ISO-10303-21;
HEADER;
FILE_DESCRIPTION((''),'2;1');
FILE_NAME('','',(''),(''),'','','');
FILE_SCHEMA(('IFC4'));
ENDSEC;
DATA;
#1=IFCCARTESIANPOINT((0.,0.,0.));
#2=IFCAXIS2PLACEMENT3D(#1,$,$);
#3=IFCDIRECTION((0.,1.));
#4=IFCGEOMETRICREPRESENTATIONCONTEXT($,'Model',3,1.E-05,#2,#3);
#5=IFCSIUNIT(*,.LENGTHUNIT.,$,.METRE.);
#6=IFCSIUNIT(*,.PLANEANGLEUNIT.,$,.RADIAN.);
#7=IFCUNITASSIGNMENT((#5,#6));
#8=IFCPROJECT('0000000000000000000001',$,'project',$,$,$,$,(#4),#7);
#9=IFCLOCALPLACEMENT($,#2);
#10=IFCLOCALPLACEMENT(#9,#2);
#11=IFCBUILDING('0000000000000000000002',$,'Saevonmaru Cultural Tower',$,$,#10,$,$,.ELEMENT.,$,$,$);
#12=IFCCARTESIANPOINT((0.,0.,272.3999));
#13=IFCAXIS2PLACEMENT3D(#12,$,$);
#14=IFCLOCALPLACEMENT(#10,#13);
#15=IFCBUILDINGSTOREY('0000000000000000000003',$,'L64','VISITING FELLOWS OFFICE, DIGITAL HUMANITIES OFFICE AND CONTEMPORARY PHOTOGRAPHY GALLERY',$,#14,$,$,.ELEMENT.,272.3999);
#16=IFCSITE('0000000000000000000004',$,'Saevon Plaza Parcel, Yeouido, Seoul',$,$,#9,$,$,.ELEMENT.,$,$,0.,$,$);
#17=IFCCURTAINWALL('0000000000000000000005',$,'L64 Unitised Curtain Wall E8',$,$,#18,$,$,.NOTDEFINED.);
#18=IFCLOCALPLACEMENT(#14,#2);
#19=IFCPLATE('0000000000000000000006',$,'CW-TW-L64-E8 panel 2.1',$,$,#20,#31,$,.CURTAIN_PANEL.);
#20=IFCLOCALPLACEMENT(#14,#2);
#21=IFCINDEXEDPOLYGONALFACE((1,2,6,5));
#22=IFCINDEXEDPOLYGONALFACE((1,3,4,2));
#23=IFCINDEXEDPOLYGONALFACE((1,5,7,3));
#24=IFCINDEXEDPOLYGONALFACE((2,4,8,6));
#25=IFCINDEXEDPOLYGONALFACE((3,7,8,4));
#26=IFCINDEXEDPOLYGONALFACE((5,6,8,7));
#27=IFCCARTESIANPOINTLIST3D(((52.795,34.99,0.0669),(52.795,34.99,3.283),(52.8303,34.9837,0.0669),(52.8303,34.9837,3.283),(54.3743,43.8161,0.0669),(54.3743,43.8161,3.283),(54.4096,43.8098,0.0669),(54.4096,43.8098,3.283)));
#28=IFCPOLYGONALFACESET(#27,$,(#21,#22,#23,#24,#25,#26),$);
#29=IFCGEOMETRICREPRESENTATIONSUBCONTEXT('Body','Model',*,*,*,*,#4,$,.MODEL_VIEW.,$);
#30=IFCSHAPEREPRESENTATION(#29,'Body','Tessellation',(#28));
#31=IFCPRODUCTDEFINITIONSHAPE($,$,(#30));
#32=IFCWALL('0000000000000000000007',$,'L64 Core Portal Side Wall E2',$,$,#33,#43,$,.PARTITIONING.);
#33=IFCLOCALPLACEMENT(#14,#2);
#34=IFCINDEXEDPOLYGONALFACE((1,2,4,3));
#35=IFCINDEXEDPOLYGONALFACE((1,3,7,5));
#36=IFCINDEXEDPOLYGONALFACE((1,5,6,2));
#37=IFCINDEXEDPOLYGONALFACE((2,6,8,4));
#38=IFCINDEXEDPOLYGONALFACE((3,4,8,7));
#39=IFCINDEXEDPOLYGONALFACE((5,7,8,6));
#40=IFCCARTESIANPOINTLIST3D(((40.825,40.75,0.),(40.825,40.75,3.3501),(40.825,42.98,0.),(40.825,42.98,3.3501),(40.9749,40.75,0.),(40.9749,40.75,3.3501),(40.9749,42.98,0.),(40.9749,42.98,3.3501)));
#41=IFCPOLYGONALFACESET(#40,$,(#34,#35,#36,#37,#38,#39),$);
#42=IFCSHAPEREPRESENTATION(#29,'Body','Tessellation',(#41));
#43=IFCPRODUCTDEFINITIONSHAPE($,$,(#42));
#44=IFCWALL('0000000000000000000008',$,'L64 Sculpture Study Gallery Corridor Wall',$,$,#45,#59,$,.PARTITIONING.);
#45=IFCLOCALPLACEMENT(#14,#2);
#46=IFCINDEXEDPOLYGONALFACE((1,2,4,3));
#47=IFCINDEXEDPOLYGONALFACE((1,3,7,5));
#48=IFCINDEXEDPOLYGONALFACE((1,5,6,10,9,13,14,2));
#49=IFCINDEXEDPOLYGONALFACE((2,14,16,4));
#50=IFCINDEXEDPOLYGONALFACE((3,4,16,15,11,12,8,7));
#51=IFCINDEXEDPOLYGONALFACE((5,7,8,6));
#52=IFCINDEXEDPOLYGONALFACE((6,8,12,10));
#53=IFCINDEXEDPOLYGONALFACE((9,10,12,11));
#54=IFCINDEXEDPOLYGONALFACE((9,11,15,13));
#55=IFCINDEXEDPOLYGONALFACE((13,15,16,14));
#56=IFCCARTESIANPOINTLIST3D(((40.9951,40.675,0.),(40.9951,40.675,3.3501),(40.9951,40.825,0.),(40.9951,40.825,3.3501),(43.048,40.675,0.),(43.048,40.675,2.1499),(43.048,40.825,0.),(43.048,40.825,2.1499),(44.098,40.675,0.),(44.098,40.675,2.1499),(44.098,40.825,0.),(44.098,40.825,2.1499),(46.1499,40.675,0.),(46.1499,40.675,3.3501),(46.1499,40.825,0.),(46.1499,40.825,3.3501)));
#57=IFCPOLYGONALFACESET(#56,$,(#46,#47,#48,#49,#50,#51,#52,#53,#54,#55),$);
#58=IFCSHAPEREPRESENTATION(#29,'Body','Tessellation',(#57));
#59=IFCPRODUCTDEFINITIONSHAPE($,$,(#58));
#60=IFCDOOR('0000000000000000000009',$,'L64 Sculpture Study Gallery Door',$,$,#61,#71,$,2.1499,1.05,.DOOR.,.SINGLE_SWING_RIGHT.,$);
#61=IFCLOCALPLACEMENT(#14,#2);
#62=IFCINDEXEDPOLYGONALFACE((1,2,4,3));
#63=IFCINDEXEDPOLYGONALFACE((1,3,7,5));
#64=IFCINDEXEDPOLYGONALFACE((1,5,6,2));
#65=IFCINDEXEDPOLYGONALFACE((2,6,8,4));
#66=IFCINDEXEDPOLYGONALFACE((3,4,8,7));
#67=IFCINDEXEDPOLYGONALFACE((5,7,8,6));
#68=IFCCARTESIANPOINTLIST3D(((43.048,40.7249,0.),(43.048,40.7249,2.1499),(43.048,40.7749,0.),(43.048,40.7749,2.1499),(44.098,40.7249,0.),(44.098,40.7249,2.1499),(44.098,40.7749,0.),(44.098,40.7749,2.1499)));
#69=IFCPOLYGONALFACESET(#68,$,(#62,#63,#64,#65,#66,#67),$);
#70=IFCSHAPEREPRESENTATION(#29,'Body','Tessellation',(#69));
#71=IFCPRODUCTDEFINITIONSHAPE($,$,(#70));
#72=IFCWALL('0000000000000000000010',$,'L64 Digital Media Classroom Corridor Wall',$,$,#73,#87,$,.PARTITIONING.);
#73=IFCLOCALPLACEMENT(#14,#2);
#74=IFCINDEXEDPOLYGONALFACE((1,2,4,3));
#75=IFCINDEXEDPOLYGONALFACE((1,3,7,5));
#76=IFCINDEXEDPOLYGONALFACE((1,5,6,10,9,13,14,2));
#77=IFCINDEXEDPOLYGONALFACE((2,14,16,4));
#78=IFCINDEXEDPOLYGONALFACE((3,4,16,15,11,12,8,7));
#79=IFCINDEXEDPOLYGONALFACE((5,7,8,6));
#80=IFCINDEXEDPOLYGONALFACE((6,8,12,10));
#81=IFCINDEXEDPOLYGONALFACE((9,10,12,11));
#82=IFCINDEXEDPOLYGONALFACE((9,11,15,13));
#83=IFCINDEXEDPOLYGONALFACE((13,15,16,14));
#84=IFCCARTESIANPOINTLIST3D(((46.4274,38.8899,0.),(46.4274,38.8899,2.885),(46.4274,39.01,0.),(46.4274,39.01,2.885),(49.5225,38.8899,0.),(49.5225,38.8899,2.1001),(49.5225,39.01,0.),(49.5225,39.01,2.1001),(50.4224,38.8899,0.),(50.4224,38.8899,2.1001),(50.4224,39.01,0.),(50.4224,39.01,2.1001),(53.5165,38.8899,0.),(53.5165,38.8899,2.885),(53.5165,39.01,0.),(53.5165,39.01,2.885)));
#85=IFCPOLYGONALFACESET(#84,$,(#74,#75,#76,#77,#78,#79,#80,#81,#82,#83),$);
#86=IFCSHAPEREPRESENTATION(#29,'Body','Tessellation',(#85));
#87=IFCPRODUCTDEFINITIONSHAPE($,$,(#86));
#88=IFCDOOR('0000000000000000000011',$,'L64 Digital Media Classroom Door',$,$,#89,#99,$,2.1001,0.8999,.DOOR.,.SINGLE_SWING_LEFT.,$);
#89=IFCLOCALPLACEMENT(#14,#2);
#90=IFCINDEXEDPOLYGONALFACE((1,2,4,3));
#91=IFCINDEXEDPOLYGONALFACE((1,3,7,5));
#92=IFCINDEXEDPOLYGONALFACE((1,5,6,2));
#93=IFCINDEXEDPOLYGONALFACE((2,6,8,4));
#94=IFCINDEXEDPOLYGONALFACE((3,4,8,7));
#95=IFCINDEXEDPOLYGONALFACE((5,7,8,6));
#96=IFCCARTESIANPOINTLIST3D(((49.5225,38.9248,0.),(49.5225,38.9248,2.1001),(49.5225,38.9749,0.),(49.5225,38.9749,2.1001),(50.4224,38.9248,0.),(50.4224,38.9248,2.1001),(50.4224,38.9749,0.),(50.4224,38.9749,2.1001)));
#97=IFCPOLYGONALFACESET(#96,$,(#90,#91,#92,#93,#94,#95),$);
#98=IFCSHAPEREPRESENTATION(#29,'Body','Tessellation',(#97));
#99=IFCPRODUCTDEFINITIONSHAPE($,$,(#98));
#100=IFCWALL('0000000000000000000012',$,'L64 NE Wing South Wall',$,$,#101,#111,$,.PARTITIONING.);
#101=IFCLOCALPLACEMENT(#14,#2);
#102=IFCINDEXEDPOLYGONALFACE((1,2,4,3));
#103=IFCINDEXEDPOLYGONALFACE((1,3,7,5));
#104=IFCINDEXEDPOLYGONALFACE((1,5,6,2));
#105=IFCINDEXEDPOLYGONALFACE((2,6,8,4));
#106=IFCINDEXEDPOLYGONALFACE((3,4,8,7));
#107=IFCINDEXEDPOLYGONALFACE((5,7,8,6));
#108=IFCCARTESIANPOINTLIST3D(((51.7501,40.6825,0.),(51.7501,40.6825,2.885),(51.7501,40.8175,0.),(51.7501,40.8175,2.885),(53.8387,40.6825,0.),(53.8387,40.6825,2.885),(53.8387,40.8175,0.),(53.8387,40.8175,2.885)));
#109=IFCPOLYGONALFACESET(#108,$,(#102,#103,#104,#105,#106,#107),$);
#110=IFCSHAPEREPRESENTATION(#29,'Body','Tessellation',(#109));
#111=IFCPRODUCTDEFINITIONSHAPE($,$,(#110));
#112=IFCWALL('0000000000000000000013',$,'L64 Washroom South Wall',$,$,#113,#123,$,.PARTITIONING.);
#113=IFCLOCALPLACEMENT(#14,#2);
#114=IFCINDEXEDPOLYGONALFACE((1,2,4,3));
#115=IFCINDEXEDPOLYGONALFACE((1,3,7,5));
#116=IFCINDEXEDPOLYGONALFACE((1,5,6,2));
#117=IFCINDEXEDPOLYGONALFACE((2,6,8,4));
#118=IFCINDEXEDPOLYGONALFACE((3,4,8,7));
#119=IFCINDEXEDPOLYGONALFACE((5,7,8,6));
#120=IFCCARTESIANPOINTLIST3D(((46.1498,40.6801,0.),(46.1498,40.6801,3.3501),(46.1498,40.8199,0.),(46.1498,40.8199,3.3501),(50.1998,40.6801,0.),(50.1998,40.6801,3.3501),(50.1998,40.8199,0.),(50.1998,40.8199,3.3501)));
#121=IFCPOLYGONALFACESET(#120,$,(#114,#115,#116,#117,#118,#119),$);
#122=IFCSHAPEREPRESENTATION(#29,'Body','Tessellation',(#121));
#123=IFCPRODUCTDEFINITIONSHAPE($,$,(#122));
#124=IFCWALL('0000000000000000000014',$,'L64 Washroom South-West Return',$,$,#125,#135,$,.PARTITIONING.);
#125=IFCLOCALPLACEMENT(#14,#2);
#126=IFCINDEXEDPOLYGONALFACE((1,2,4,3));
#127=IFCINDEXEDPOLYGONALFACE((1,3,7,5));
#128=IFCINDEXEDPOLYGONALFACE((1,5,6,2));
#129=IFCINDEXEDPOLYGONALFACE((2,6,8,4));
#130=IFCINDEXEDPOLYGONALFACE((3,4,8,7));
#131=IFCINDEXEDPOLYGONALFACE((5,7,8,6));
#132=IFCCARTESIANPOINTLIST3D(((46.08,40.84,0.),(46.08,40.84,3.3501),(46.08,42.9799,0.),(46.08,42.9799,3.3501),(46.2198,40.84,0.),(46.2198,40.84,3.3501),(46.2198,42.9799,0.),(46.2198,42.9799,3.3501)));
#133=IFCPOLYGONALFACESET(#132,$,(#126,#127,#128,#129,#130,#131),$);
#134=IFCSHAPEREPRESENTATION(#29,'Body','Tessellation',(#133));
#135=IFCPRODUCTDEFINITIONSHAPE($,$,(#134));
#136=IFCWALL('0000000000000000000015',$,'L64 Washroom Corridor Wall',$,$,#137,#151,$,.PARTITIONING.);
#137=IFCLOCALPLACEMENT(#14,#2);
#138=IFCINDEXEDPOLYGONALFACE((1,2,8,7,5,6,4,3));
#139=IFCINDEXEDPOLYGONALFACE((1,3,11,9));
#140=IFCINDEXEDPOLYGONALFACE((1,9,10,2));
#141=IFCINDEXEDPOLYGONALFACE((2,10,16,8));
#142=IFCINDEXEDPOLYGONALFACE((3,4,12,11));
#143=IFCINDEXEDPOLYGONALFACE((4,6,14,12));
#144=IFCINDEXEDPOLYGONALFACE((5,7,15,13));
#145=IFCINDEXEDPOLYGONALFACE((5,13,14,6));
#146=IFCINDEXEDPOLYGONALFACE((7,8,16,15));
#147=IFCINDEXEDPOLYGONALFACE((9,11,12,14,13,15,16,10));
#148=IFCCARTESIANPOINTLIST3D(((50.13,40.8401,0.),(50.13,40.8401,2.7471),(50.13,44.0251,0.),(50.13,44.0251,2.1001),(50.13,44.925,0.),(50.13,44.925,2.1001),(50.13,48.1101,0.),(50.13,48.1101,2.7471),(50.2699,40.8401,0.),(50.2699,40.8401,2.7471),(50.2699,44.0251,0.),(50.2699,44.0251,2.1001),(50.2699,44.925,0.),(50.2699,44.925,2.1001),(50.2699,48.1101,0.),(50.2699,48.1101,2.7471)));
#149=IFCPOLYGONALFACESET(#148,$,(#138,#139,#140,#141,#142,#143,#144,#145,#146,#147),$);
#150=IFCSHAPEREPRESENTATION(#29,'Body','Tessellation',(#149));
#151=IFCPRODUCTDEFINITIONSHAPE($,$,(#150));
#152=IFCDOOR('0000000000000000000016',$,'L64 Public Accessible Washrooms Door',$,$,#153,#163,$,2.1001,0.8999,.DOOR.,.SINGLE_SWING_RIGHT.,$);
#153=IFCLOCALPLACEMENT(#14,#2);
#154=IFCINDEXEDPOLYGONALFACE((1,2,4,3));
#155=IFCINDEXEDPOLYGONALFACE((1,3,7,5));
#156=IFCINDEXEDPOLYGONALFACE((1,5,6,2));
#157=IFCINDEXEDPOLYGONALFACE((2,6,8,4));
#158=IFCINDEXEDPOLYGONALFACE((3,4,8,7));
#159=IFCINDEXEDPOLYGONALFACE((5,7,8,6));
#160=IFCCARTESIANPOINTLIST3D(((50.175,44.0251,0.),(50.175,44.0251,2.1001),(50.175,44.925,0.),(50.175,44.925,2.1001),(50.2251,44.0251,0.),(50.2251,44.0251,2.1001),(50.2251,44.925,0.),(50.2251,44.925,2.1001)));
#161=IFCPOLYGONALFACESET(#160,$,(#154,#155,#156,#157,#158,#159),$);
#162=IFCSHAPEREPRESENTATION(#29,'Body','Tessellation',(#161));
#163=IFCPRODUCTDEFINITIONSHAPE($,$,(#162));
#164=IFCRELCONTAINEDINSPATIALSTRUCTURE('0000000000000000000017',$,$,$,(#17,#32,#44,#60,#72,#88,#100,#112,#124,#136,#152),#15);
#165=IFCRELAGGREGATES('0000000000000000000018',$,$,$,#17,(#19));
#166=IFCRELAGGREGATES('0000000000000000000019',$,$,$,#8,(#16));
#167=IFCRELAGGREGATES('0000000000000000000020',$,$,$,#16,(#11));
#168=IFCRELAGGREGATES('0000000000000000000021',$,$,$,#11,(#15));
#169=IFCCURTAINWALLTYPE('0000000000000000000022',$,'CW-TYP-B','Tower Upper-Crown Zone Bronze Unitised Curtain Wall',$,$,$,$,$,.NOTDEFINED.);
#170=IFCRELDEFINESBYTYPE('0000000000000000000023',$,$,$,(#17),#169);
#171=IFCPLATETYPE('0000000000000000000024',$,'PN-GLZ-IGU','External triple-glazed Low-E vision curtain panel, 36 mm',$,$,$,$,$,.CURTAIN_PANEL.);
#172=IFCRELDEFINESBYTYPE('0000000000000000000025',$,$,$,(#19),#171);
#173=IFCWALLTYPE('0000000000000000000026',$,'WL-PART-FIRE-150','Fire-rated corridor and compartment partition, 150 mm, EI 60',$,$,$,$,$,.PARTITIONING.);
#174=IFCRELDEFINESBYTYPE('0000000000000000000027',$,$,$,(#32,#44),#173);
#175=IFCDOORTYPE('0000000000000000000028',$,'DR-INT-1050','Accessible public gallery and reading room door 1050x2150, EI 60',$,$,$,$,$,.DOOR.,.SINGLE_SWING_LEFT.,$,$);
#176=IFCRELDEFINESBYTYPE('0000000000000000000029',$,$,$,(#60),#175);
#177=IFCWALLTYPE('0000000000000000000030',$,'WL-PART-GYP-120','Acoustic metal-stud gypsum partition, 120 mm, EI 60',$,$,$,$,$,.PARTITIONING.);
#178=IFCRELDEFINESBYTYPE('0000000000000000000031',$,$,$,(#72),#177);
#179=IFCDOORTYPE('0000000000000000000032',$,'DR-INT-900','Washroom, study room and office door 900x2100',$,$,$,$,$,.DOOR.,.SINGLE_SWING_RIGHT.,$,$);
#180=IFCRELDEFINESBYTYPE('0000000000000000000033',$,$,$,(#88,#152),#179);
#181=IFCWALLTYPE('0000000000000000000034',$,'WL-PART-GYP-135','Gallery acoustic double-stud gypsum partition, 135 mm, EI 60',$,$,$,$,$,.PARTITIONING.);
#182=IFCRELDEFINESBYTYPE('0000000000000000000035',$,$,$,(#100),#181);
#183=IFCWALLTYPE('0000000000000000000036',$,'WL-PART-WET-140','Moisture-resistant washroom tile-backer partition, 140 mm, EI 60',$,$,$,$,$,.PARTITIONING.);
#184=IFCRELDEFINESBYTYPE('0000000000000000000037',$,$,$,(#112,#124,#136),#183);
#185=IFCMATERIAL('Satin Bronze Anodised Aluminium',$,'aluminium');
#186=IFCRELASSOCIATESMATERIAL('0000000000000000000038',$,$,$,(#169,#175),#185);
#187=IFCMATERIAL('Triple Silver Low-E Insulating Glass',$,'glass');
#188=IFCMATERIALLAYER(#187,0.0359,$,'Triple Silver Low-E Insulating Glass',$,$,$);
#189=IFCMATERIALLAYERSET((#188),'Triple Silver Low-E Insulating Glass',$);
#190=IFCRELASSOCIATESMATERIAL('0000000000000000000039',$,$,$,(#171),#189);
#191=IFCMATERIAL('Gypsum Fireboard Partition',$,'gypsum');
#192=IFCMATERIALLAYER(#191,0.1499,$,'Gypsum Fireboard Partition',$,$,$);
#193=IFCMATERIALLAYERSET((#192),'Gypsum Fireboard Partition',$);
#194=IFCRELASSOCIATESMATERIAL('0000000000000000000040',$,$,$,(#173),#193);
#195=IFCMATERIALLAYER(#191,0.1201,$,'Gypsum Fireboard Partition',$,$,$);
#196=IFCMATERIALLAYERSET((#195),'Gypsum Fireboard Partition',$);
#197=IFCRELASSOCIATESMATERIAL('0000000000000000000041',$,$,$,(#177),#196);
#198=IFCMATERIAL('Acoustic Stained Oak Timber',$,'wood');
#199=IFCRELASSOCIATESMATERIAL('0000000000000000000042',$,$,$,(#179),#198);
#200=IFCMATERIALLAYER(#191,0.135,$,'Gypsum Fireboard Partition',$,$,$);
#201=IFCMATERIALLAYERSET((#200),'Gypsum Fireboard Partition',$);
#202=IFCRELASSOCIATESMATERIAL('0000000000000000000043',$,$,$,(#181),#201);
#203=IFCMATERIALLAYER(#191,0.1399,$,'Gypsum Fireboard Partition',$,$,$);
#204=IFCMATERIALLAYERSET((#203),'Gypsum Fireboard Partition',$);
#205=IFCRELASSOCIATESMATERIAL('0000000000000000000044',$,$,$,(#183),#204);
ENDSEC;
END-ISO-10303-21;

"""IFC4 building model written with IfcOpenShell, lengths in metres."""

from ifc_helpers import new_model, si_unit, direction, frame, frame_2d, origin, origin_2d, place, context, subcontext, project, spatial, rectangle, extrude, material, layer, layer_set, type_object, element, fill, aggregate, save


model = new_model("IFC4")

# Units and contexts
model_context = context("Model", 3, precision=1e-05, world=origin(), true_north=direction((0.0, 1.0)))
body_context = subcontext(model_context, "Body", "Model", "MODEL_VIEW")
ifc_project = project(units=[si_unit("LENGTHUNIT", "METRE"), si_unit("PLANEANGLEUNIT", "RADIAN")], contexts=[model_context])

# Site, building, storey
site_placement = place(None, origin())
site = spatial("IfcSite", under=ifc_project, at=site_placement, Name="Saevon Plaza Parcel, Yeouido, Seoul", CompositionType="ELEMENT", RefElevation=0.0)
building_placement = place(site_placement, origin())
building = spatial("IfcBuilding", under=site, at=building_placement, Name="Saevonmaru Cultural Tower", CompositionType="ELEMENT")
storey_placement = place(building_placement, frame((0.0, 0.0, 272.3999)))
storey = spatial("IfcBuildingStorey", under=building, at=storey_placement, Name="L64", Description="VISITING FELLOWS OFFICE, DIGITAL HUMANITIES OFFICE AND CONTEMPORARY PHOTOGRAPHY GALLERY", CompositionType="ELEMENT", Elevation=272.3999)

# Curtain wall, plate
ifc_material_1 = material(Name="Satin Bronze Anodised Aluminium", Category="aluminium")
curtain_wall_type = type_object("IfcCurtainWallType", Name="CW-TYP-B", Description="Tower Upper-Crown Zone Bronze Unitised Curtain Wall", PredefinedType="NOTDEFINED", material=ifc_material_1)
curtain_wall_placement = place(storey_placement, origin())
curtain_wall = element("IfcCurtainWall", 1, at=curtain_wall_placement, inside=storey, type_object=curtain_wall_type, Name="L64 Unitised Curtain Wall E8", PredefinedType="NOTDEFINED")
ifc_material_2 = material(Name="Triple Silver Low-E Insulating Glass", Category="glass")
ifc_layer_1 = layer(ifc_material_2, 0.0359, Name="Triple Silver Low-E Insulating Glass")
ifc_layer_set_1 = layer_set([ifc_layer_1], Name="Triple Silver Low-E Insulating Glass")
plate_type = type_object("IfcPlateType", Name="PN-GLZ-IGU", Description="External triple-glazed Low-E vision curtain panel, 36 mm", PredefinedType="CURTAIN_PANEL", material=ifc_layer_set_1)
plate_placement = place(storey_placement, frame((53.6023, 39.3999, 0.0669), z_axis=(0.0, 0.0, 1.0), x_axis=(0.176141, 0.984365, 0.0)))
plate = element("IfcPlate", 2, at=plate_placement, type_object=plate_type, Name="CW-TW-L64-E8 panel 2.1", PredefinedType="CURTAIN_PANEL", context=body_context, shape_type="SweptSolid", body=[
    extrude(rectangle(XDim=8.9663, YDim=0.0359, at=origin_2d()), origin(), (0.0, 0.0, 1.0), 3.2161),
])
aggregate(curtain_wall, [plate])

# Shared definitions
ifc_material_3 = material(Name="Gypsum Fireboard Partition", Category="gypsum")
ifc_layer_2 = layer(ifc_material_3, 0.1499, Name="Gypsum Fireboard Partition")
ifc_layer_set_2 = layer_set([ifc_layer_2], Name="Gypsum Fireboard Partition")
wall_type_1 = type_object("IfcWallType", Name="WL-PART-FIRE-150", Description="Fire-rated corridor and compartment partition, 150 mm, EI 60", PredefinedType="PARTITIONING", material=ifc_layer_set_2)
door_type_1 = type_object("IfcDoorType", Name="DR-INT-1050", Description="Accessible public gallery and reading room door 1050x2150, EI 60", OperationType="SINGLE_SWING_LEFT", PredefinedType="DOOR", material=ifc_material_1)

# Wall
wall_1_placement = place(storey_placement, frame((40.8999, 40.75, 0.0), z_axis=(0.0, 0.0, 1.0), x_axis=(0.0, 1.0, 0.0)))
element("IfcWall", 3, at=wall_1_placement, inside=storey, type_object=wall_type_1, Name="L64 Core Portal Side Wall E2", PredefinedType="PARTITIONING", context=body_context, shape_type="SweptSolid", body=[
    extrude(rectangle(XDim=2.23, YDim=0.1499, at=frame_2d((1.115, 0.0))), origin(), (0.0, 0.0, 1.0), 3.3501),
])

# Walls, openings, doors
wall_2_placement = place(storey_placement, frame((40.9951, 40.75, 0.0), z_axis=(0.0, 0.0, 1.0), x_axis=(1.0, 0.0, 0.0)))
wall_2 = element("IfcWall", 4, at=wall_2_placement, inside=storey, type_object=wall_type_1, Name="L64 Sculpture Study Gallery Corridor Wall", PredefinedType="PARTITIONING", context=body_context, shape_type="SweptSolid", body=[
    extrude(rectangle(XDim=5.1548, YDim=0.1499, at=frame_2d((2.5774, 0.0))), origin(), (0.0, 0.0, 1.0), 3.3501),
])
opening_1_placement = place(wall_2_placement, frame((2.053, 0.0, 0.0)))
opening_1 = element("IfcOpeningElement", 5, at=opening_1_placement, cuts=wall_2, PredefinedType="OPENING", context=body_context, shape_type="SweptSolid", body=[
    extrude(rectangle(XDim=1.05, YDim=2.1499, at=frame_2d((0.5249, 1.075))), frame((0.0, 0.085, 0.0), z_axis=(0.0, -1.0, 0.0), x_axis=(1.0, 0.0, 0.0)), (0.0, 0.0, 1.0), 0.1699),
])
door_1_placement = place(opening_1_placement, origin())
door_1 = element("IfcDoor", 6, at=door_1_placement, inside=storey, type_object=door_type_1, Name="L64 Sculpture Study Gallery Door", OperationType="SINGLE_SWING_RIGHT", OverallHeight=2.1499, OverallWidth=1.05, PredefinedType="DOOR", context=body_context, shape_type="SweptSolid", body=[
    extrude(rectangle(XDim=1.05, YDim=2.1499, at=frame_2d((0.5249, 1.075))), frame((0.0, 0.0249, 0.0), z_axis=(0.0, -1.0, 0.0), x_axis=(1.0, 0.0, 0.0)), (0.0, 0.0, 1.0), 0.05),
])
fill(opening_1, door_1)
ifc_layer_3 = layer(ifc_material_3, 0.1201, Name="Gypsum Fireboard Partition")
ifc_layer_set_3 = layer_set([ifc_layer_3], Name="Gypsum Fireboard Partition")
wall_type_2 = type_object("IfcWallType", Name="WL-PART-GYP-120", Description="Acoustic metal-stud gypsum partition, 120 mm, EI 60", PredefinedType="PARTITIONING", material=ifc_layer_set_3)
wall_3_placement = place(storey_placement, frame((46.4275, 38.95, 0.0), z_axis=(0.0, 0.0, 1.0), x_axis=(1.0, 0.0, 0.0)))
wall_3 = element("IfcWall", 7, at=wall_3_placement, inside=storey, type_object=wall_type_2, Name="L64 Digital Media Classroom Corridor Wall", PredefinedType="PARTITIONING", context=body_context, shape_type="SweptSolid", body=[
    extrude(rectangle(XDim=7.0891, YDim=0.1201, at=frame_2d((3.5444, 0.0))), origin(), (0.0, 0.0, 1.0), 2.885),
])
opening_2_placement = place(wall_3_placement, frame((3.095, 0.0, 0.0)))
opening_2 = element("IfcOpeningElement", 8, at=opening_2_placement, cuts=wall_3, PredefinedType="OPENING", context=body_context, shape_type="SweptSolid", body=[
    extrude(rectangle(XDim=0.8999, YDim=2.1001, at=frame_2d((0.45, 1.05))), frame((0.0, 0.0701, 0.0), z_axis=(0.0, -1.0, 0.0), x_axis=(1.0, 0.0, 0.0)), (0.0, 0.0, 1.0), 0.1401),
])
ifc_material_4 = material(Name="Acoustic Stained Oak Timber", Category="wood")
door_type_2 = type_object("IfcDoorType", Name="DR-INT-900", Description="Washroom, study room and office door 900x2100", OperationType="SINGLE_SWING_RIGHT", PredefinedType="DOOR", material=ifc_material_4)
door_2_placement = place(opening_2_placement, origin())
door_2 = element("IfcDoor", 9, at=door_2_placement, inside=storey, type_object=door_type_2, Name="L64 Digital Media Classroom Door", OperationType="SINGLE_SWING_LEFT", OverallHeight=2.1001, OverallWidth=0.8999, PredefinedType="DOOR", context=body_context, shape_type="SweptSolid", body=[
    extrude(rectangle(XDim=0.8999, YDim=2.1001, at=frame_2d((0.45, 1.05))), frame((0.0, 0.0249, 0.0), z_axis=(0.0, -1.0, 0.0), x_axis=(1.0, 0.0, 0.0)), (0.0, 0.0, 1.0), 0.05),
])
fill(opening_2, door_2)

# Walls
ifc_layer_4 = layer(ifc_material_3, 0.135, Name="Gypsum Fireboard Partition")
ifc_layer_set_4 = layer_set([ifc_layer_4], Name="Gypsum Fireboard Partition")
wall_type_3 = type_object("IfcWallType", Name="WL-PART-GYP-135", Description="Gallery acoustic double-stud gypsum partition, 135 mm, EI 60", PredefinedType="PARTITIONING", material=ifc_layer_set_4)
wall_4_placement = place(storey_placement, frame((51.75, 40.75, 0.0), z_axis=(0.0, 0.0, 1.0), x_axis=(1.0, 0.0, 0.0)))
element("IfcWall", 10, at=wall_4_placement, inside=storey, type_object=wall_type_3, Name="L64 NE Wing South Wall", PredefinedType="PARTITIONING", context=body_context, shape_type="SweptSolid", body=[
    extrude(rectangle(XDim=2.0886, YDim=0.135, at=frame_2d((1.0444, 0.0))), origin(), (0.0, 0.0, 1.0), 2.885),
])
ifc_layer_5 = layer(ifc_material_3, 0.1399, Name="Gypsum Fireboard Partition")
ifc_layer_set_5 = layer_set([ifc_layer_5], Name="Gypsum Fireboard Partition")
wall_type_4 = type_object("IfcWallType", Name="WL-PART-WET-140", Description="Moisture-resistant washroom tile-backer partition, 140 mm, EI 60", PredefinedType="PARTITIONING", material=ifc_layer_set_5)
wall_5_placement = place(storey_placement, frame((46.1499, 40.75, 0.0), z_axis=(0.0, 0.0, 1.0), x_axis=(1.0, 0.0, 0.0)))
element("IfcWall", 11, at=wall_5_placement, inside=storey, type_object=wall_type_4, Name="L64 Washroom South Wall", PredefinedType="PARTITIONING", context=body_context, shape_type="SweptSolid", body=[
    extrude(rectangle(XDim=4.05, YDim=0.1399, at=frame_2d((2.0249, 0.0))), origin(), (0.0, 0.0, 1.0), 3.3501),
])
wall_6_placement = place(storey_placement, frame((46.1499, 40.8401, 0.0), z_axis=(0.0, 0.0, 1.0), x_axis=(0.0, 1.0, 0.0)))
element("IfcWall", 12, at=wall_6_placement, inside=storey, type_object=wall_type_4, Name="L64 Washroom South-West Return", PredefinedType="PARTITIONING", context=body_context, shape_type="SweptSolid", body=[
    extrude(rectangle(XDim=2.1399, YDim=0.1399, at=frame_2d((1.0698, 0.0))), origin(), (0.0, 0.0, 1.0), 3.3501),
])

# Wall, opening, door
wall_7_placement = place(storey_placement, frame((50.2, 40.8401, 0.0), z_axis=(0.0, 0.0, 1.0), x_axis=(0.0, 1.0, 0.0)))
wall_7 = element("IfcWall", 13, at=wall_7_placement, inside=storey, type_object=wall_type_4, Name="L64 Washroom Corridor Wall", PredefinedType="PARTITIONING", context=body_context, shape_type="SweptSolid", body=[
    extrude(rectangle(XDim=7.27, YDim=0.1399, at=frame_2d((3.635, 0.0))), origin(), (0.0, 0.0, 1.0), 2.7471),
])
opening_3_placement = place(wall_7_placement, frame((3.1851, 0.0, 0.0)))
opening_3 = element("IfcOpeningElement", 14, at=opening_3_placement, cuts=wall_7, PredefinedType="OPENING", context=body_context, shape_type="SweptSolid", body=[
    extrude(rectangle(XDim=0.8999, YDim=2.1001, at=frame_2d((0.45, 1.05))), frame((0.0, 0.0801, 0.0), z_axis=(0.0, -1.0, 0.0), x_axis=(1.0, 0.0, 0.0)), (0.0, 0.0, 1.0), 0.1599),
])
door_3_placement = place(opening_3_placement, origin())
door_3 = element("IfcDoor", 15, at=door_3_placement, inside=storey, type_object=door_type_2, Name="L64 Public Accessible Washrooms Door", OperationType="SINGLE_SWING_RIGHT", OverallHeight=2.1001, OverallWidth=0.8999, PredefinedType="DOOR", context=body_context, shape_type="SweptSolid", body=[
    extrude(rectangle(XDim=0.8999, YDim=2.1001, at=frame_2d((0.45, 1.05))), frame((0.0, 0.0249, 0.0), z_axis=(0.0, -1.0, 0.0), x_axis=(1.0, 0.0, 0.0)), (0.0, 0.0, 1.0), 0.05),
])
fill(opening_3, door_3)

save(model, "model.ifc")
